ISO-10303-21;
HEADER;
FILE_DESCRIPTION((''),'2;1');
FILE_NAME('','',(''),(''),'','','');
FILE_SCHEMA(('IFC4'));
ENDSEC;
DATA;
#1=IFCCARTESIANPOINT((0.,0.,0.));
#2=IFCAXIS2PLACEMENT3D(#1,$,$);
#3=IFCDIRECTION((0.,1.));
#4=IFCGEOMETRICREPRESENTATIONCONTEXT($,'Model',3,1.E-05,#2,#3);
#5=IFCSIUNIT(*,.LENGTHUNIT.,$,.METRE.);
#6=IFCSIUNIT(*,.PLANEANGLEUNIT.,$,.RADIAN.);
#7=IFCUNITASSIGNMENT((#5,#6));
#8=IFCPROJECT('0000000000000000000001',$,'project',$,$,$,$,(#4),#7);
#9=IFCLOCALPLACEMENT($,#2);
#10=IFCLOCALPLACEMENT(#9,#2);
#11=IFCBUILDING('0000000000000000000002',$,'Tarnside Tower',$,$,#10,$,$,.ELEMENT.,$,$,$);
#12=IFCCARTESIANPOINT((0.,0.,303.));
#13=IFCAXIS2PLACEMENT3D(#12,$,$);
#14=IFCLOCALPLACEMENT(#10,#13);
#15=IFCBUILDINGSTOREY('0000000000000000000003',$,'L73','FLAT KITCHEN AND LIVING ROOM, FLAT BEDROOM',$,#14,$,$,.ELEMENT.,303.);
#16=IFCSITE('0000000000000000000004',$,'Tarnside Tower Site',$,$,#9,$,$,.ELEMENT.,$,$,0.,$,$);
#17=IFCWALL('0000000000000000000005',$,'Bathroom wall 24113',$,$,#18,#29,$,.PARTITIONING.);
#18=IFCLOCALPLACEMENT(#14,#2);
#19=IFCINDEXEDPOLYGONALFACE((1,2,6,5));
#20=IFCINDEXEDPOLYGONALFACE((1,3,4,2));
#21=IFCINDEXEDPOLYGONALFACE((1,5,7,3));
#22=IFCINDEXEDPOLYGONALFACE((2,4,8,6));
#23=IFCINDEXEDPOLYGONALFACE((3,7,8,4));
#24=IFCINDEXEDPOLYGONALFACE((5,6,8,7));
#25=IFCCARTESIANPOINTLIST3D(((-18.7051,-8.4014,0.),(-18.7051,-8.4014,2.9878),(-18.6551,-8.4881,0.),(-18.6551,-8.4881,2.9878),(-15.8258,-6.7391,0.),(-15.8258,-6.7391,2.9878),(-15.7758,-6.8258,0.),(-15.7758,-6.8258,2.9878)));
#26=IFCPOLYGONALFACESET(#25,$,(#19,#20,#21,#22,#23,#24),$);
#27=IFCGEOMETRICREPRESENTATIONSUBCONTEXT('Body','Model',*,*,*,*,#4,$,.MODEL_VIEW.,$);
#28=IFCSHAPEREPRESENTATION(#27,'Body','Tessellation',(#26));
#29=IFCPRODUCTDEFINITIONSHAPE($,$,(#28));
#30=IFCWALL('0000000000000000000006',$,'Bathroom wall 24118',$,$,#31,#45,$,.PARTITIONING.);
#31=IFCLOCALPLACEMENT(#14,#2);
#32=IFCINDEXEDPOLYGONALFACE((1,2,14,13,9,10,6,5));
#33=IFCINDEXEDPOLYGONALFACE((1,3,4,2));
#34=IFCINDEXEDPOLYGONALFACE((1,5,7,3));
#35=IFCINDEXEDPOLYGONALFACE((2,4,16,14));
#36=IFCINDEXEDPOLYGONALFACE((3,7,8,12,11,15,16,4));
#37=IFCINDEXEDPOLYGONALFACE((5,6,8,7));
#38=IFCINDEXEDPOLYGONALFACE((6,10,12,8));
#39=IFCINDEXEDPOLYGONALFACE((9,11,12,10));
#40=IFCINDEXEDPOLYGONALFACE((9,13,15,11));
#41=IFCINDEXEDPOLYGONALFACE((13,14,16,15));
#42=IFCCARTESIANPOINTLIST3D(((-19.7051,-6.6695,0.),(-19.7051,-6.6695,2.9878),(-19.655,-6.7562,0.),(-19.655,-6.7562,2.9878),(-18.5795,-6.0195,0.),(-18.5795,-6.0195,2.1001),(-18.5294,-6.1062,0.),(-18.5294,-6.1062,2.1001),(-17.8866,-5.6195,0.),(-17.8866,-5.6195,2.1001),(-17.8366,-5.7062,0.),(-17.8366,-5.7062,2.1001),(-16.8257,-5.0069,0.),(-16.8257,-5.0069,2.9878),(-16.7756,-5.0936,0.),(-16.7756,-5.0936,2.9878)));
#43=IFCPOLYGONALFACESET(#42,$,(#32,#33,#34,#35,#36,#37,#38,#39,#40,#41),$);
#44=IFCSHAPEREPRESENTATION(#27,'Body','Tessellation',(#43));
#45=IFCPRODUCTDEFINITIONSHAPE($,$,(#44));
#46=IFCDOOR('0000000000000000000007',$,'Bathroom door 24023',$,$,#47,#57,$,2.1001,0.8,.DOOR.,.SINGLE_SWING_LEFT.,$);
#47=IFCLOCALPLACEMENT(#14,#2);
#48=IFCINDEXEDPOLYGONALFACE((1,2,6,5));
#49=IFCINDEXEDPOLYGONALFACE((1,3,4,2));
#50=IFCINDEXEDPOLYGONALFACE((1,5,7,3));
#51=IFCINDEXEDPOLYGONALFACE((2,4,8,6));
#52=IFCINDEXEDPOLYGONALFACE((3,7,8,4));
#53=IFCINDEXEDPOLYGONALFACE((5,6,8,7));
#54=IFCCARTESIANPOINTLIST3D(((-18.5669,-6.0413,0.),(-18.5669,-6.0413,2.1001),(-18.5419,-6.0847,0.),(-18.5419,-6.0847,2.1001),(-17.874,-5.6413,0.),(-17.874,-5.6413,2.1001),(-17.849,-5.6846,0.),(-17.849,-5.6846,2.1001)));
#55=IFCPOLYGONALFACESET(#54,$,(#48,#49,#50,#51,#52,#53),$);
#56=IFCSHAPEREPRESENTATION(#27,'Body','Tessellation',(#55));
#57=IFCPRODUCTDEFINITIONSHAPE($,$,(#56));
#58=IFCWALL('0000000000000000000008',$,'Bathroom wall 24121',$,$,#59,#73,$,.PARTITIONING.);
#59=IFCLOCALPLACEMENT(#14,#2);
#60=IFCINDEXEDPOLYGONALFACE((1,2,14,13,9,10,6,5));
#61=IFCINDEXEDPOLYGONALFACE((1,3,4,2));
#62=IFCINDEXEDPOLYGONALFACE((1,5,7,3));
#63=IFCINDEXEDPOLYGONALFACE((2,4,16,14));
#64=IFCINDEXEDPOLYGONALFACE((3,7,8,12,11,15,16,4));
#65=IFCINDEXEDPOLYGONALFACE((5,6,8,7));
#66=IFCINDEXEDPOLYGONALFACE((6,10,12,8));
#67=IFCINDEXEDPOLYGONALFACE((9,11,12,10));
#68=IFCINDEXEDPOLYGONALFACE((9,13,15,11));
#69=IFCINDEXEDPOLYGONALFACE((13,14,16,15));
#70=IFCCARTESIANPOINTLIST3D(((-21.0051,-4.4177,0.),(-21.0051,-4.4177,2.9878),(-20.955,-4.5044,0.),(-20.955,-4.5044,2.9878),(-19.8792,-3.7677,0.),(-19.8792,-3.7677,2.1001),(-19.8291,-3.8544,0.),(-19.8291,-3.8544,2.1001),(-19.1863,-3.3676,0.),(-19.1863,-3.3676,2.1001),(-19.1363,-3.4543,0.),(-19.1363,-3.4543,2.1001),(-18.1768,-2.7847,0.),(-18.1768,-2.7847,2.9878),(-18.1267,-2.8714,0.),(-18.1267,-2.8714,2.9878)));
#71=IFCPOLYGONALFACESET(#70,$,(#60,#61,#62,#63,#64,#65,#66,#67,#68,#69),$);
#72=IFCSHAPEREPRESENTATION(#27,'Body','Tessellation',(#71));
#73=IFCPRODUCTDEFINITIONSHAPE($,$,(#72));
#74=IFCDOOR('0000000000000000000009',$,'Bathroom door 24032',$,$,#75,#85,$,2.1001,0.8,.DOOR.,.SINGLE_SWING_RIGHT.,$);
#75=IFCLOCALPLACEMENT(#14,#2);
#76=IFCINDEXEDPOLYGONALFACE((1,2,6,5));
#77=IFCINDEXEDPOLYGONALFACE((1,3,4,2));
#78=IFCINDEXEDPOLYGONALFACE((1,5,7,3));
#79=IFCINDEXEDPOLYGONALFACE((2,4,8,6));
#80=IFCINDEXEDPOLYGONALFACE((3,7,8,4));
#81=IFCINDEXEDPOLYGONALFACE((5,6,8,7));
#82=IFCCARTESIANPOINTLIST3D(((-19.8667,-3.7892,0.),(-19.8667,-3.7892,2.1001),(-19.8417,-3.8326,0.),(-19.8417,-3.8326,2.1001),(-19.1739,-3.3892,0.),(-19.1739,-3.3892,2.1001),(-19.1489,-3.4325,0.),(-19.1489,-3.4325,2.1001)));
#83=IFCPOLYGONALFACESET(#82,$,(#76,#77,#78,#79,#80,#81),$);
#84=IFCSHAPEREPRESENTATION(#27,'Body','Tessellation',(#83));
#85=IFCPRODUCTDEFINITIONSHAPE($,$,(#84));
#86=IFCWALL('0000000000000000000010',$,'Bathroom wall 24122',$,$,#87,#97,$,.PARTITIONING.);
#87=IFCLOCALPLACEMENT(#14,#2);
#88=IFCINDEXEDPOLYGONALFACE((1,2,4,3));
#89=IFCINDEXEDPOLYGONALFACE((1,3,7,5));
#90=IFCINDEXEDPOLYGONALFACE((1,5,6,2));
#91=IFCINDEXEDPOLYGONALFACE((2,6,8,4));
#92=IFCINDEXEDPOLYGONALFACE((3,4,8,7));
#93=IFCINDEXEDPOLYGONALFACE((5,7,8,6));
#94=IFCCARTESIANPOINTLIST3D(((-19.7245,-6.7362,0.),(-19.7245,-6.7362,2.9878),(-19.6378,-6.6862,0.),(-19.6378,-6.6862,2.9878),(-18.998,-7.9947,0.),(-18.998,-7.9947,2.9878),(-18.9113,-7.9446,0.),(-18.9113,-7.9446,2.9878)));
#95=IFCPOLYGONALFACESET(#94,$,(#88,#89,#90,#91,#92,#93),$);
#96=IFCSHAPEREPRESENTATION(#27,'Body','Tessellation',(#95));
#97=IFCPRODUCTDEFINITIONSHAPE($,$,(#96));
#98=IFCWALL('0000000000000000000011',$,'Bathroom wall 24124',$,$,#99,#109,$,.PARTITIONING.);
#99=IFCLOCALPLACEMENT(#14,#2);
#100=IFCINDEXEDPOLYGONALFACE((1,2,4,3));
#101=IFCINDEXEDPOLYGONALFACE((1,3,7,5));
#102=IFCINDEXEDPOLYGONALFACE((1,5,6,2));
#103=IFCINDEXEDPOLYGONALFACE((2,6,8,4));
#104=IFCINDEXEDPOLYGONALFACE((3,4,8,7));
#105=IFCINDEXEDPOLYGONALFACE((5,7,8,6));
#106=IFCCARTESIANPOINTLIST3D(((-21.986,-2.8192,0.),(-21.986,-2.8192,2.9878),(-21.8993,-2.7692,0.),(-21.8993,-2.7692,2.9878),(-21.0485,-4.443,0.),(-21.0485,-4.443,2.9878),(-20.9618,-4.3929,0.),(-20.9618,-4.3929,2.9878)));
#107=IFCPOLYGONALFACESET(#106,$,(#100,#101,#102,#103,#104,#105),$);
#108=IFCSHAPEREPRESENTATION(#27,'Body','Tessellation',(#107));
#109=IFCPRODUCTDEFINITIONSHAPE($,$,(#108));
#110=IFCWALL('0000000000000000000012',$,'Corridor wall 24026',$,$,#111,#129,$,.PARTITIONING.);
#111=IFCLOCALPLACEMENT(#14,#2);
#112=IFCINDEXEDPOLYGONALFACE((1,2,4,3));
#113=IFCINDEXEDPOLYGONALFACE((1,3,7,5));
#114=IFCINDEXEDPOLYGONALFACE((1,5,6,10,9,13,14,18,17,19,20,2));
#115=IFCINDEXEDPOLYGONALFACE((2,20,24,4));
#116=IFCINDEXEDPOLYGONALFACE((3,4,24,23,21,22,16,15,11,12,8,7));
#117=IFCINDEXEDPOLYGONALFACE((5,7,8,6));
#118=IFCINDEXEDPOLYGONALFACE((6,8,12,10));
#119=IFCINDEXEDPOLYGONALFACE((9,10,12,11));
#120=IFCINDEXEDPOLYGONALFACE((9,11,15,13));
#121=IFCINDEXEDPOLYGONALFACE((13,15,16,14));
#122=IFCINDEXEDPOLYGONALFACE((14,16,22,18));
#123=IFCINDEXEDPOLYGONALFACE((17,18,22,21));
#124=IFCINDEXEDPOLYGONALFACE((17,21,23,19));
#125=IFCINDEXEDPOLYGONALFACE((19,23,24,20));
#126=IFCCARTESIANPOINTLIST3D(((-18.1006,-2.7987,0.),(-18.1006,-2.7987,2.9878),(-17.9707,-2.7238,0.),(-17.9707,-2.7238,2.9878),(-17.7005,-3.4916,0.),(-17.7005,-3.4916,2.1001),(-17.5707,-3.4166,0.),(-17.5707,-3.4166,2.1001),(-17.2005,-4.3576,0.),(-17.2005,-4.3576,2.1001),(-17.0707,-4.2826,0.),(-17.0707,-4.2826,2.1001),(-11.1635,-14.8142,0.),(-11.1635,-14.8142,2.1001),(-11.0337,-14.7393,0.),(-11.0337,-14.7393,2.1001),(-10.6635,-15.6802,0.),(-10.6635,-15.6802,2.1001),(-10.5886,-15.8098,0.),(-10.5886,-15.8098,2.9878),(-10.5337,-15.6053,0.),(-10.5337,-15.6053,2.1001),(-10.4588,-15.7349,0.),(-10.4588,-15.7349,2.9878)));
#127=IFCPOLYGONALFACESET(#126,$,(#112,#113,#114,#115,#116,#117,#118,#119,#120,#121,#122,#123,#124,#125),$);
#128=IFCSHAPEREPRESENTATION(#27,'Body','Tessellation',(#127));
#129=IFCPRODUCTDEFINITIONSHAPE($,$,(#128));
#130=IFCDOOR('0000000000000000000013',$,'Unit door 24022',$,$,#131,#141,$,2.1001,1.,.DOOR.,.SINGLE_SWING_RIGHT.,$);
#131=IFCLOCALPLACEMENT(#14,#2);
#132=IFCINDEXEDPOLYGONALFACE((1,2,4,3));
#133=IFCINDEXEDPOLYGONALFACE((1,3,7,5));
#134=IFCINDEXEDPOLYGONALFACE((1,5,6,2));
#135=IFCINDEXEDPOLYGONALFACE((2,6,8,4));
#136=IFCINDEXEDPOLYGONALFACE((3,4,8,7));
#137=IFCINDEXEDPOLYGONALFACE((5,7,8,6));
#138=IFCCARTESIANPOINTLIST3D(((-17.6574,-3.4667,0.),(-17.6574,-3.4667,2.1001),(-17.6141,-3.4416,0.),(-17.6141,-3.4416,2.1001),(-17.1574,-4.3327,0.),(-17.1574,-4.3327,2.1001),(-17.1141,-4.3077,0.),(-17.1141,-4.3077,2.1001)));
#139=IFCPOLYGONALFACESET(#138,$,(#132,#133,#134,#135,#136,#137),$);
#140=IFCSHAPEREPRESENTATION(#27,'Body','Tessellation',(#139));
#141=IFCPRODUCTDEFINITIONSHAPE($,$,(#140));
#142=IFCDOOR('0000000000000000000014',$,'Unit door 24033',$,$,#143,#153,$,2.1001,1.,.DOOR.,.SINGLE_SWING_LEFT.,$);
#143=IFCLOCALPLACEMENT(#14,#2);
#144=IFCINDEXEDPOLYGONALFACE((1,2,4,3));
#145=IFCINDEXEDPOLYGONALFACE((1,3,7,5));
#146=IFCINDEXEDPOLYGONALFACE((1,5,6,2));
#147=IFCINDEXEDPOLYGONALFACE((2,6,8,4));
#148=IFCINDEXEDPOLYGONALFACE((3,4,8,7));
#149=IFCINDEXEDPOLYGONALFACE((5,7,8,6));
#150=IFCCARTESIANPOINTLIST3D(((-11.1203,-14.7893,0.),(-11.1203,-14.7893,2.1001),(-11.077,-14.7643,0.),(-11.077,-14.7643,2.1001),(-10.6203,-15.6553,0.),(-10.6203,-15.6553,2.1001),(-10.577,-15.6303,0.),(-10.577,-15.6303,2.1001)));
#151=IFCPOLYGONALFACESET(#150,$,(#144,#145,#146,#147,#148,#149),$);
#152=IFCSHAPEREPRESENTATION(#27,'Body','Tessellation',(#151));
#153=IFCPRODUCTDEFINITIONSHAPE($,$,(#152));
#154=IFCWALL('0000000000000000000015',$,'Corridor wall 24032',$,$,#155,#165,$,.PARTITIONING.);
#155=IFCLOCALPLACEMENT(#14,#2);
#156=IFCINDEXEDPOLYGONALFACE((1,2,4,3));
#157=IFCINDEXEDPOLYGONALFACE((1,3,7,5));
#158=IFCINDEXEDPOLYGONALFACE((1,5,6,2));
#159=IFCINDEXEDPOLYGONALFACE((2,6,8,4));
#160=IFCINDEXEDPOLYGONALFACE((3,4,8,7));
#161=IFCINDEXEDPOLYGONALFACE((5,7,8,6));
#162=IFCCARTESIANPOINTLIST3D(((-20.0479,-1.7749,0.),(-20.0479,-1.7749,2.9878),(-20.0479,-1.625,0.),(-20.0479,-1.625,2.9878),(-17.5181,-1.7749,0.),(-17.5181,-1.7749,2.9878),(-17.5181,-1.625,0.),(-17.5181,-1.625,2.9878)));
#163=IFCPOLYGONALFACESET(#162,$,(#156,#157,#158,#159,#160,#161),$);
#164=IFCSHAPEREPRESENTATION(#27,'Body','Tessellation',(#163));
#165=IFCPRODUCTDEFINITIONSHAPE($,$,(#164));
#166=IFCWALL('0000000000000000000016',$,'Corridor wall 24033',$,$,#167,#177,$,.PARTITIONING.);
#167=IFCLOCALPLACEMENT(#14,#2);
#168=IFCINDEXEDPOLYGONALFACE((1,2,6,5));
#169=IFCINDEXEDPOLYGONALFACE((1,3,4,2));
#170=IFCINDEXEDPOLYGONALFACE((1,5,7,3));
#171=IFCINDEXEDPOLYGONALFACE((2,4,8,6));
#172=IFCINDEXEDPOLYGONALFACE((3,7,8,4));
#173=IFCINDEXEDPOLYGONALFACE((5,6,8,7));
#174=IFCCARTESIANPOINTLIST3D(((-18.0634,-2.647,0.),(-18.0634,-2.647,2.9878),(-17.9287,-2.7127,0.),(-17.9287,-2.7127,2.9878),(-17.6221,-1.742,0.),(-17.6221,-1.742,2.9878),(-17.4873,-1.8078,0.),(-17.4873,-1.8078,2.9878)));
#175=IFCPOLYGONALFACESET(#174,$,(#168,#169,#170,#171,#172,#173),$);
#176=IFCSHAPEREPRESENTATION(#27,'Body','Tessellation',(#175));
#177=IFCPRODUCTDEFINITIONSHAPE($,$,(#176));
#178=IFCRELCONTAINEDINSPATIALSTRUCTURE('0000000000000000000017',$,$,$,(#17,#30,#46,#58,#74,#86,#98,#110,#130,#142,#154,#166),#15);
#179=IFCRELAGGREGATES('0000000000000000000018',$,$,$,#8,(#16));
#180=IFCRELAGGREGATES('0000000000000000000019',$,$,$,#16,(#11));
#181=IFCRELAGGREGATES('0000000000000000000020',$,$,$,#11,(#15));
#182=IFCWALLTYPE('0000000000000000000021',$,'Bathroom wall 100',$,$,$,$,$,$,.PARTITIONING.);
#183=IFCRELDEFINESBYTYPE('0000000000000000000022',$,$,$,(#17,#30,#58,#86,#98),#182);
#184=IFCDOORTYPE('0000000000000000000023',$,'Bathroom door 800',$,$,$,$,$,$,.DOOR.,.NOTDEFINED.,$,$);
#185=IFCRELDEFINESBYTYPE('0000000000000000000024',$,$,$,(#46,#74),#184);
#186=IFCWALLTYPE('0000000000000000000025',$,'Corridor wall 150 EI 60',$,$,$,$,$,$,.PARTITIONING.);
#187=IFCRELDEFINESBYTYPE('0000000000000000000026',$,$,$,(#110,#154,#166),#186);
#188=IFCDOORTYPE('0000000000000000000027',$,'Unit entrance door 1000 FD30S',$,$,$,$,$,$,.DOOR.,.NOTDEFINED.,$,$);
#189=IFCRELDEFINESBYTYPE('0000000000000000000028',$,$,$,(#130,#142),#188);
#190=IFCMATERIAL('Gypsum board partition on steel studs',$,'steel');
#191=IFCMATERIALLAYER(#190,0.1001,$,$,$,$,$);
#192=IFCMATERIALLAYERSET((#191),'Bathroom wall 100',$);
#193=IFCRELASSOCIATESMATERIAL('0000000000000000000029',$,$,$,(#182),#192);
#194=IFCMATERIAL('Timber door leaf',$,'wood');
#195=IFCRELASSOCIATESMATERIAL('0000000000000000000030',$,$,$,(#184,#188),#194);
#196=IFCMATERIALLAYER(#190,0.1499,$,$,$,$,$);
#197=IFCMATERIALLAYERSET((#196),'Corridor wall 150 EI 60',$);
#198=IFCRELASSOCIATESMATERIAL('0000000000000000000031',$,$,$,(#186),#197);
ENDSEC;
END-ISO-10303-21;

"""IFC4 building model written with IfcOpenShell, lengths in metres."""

from ifc_helpers import new_model, si_unit, direction, frame, frame_2d, origin, place, context, subcontext, project, spatial, rectangle, extrude, material, layer, layer_set, type_object, element, fill, save


model = new_model("IFC4")

# Units and contexts
model_context = context("Model", 3, precision=1e-05, world=origin(), true_north=direction((0.0, 1.0)))
body_context = subcontext(model_context, "Body", "Model", "MODEL_VIEW")
ifc_project = project(units=[si_unit("LENGTHUNIT", "METRE"), si_unit("PLANEANGLEUNIT", "RADIAN")], contexts=[model_context])

# Site, building, storey
site_placement = place(None, origin())
site = spatial("IfcSite", under=ifc_project, at=site_placement, Name="Tarnside Tower Site", CompositionType="ELEMENT", RefElevation=0.0)
building_placement = place(site_placement, origin())
building = spatial("IfcBuilding", under=site, at=building_placement, Name="Tarnside Tower", CompositionType="ELEMENT")
storey_placement = place(building_placement, frame((0.0, 0.0, 303.0)))
storey = spatial("IfcBuildingStorey", under=building, at=storey_placement, Name="L73", Description="FLAT KITCHEN AND LIVING ROOM, FLAT BEDROOM", CompositionType="ELEMENT", Elevation=303.0)

# Wall
ifc_material_1 = material(Name="Gypsum board partition on steel studs", Category="steel")
ifc_layer_1 = layer(ifc_material_1, 0.1001)
ifc_layer_set_1 = layer_set([ifc_layer_1], Name="Bathroom wall 100")
wall_type_1 = type_object("IfcWallType", Name="Bathroom wall 100", PredefinedType="PARTITIONING", material=ifc_layer_set_1)
wall_1_placement = place(storey_placement, frame((-15.8008, -6.7825, 0.0), z_axis=(0.0, 0.0, 1.0), x_axis=(-0.866034, -0.499985, 0.0)))
element("IfcWall", 1, at=wall_1_placement, inside=storey, type_object=wall_type_1, Name="Bathroom wall 24113", PredefinedType="PARTITIONING", context=body_context, shape_type="SweptSolid", body=[
    extrude(rectangle(XDim=3.3247, YDim=0.1001, at=frame_2d((1.6624, 0.0))), origin(), (0.0, 0.0, 1.0), 2.9878),
])

# Walls, openings, doors
wall_2_placement = place(storey_placement, frame((-19.6802, -6.7129, 0.0), z_axis=(0.0, 0.0, 1.0), x_axis=(0.866002, 0.50004, 0.0)))
wall_2 = element("IfcWall", 2, at=wall_2_placement, inside=storey, type_object=wall_type_1, Name="Bathroom wall 24118", PredefinedType="PARTITIONING", context=body_context, shape_type="SweptSolid", body=[
    extrude(rectangle(XDim=3.325, YDim=0.1001, at=frame_2d((1.6626, 0.0))), origin(), (0.0, 0.0, 1.0), 2.9878),
])
opening_1_placement = place(wall_2_placement, frame((1.3, 0.0, 0.0)))
opening_1 = element("IfcOpeningElement", 3, at=opening_1_placement, cuts=wall_2, PredefinedType="OPENING", context=body_context, shape_type="SweptSolid", body=[
    extrude(rectangle(XDim=0.8, YDim=2.1001, at=frame_2d((0.3999, 1.05))), frame((0.0, 0.0601, 0.0), z_axis=(0.0, -1.0, 0.0), x_axis=(1.0, 0.0, 0.0)), (0.0, 0.0, 1.0), 0.1201),
])
ifc_material_2 = material(Name="Timber door leaf", Category="wood")
door_type_1 = type_object("IfcDoorType", Name="Bathroom door 800", OperationType="NOTDEFINED", PredefinedType="DOOR", material=ifc_material_2)
door_1_placement = place(opening_1_placement, origin())
door_1 = element("IfcDoor", 4, at=door_1_placement, inside=storey, type_object=door_type_1, Name="Bathroom door 24023", OperationType="SINGLE_SWING_LEFT", OverallHeight=2.1001, OverallWidth=0.8, PredefinedType="DOOR", context=body_context, shape_type="SweptSolid", body=[
    extrude(rectangle(XDim=0.8, YDim=2.1001, at=frame_2d((0.3999, 1.05))), frame((0.0, 0.0249, 0.0), z_axis=(0.0, -1.0, 0.0), x_axis=(1.0, 0.0, 0.0)), (0.0, 0.0, 1.0), 0.05),
])
fill(opening_1, door_1)
wall_3_placement = place(storey_placement, frame((-18.1519, -2.8281, 0.0), z_axis=(0.0, 0.0, 1.0), x_axis=(-0.866013, -0.500022, 0.0)))
wall_3 = element("IfcWall", 5, at=wall_3_placement, inside=storey, type_object=wall_type_1, Name="Bathroom wall 24121", PredefinedType="PARTITIONING", context=body_context, shape_type="SweptSolid", body=[
    extrude(rectangle(XDim=3.2659, YDim=0.1001, at=frame_2d((1.6328, 0.0))), origin(), (0.0, 0.0, 1.0), 2.9878),
])
opening_2_placement = place(wall_3_placement, frame((1.1658, 0.0, 0.0)))
opening_2 = element("IfcOpeningElement", 6, at=opening_2_placement, cuts=wall_3, PredefinedType="OPENING", context=body_context, shape_type="SweptSolid", body=[
    extrude(rectangle(XDim=0.8, YDim=2.1001, at=frame_2d((0.3999, 1.05))), frame((0.0, 0.0601, 0.0), z_axis=(0.0, -1.0, 0.0), x_axis=(1.0, 0.0, 0.0)), (0.0, 0.0, 1.0), 0.1201),
])
door_2_placement = place(opening_2_placement, origin())
door_2 = element("IfcDoor", 7, at=door_2_placement, inside=storey, type_object=door_type_1, Name="Bathroom door 24032", OperationType="SINGLE_SWING_RIGHT", OverallHeight=2.1001, OverallWidth=0.8, PredefinedType="DOOR", context=body_context, shape_type="SweptSolid", body=[
    extrude(rectangle(XDim=0.8, YDim=2.1001, at=frame_2d((0.3999, 1.05))), frame((0.0, 0.0249, 0.0), z_axis=(0.0, -1.0, 0.0), x_axis=(1.0, 0.0, 0.0)), (0.0, 0.0, 1.0), 0.05),
])
fill(opening_2, door_2)

# Walls
wall_4_placement = place(storey_placement, frame((-19.6812, -6.7112, 0.0), z_axis=(0.0, 0.0, 1.0), x_axis=(0.49997, -0.866043, 0.0)))
element("IfcWall", 8, at=wall_4_placement, inside=storey, type_object=wall_type_1, Name="Bathroom wall 24122", PredefinedType="PARTITIONING", context=body_context, shape_type="SweptSolid", body=[
    extrude(rectangle(XDim=1.4531, YDim=0.1001, at=frame_2d((0.7266, 0.0))), origin(), (0.0, 0.0, 1.0), 2.9878),
])
wall_5_placement = place(storey_placement, frame((-21.0051, -4.418, 0.0), z_axis=(0.0, 0.0, 1.0), x_axis=(-0.500004, 0.866023, 0.0)))
element("IfcWall", 9, at=wall_5_placement, inside=storey, type_object=wall_type_1, Name="Bathroom wall 24124", PredefinedType="PARTITIONING", context=body_context, shape_type="SweptSolid", body=[
    extrude(rectangle(XDim=1.875, YDim=0.1001, at=frame_2d((0.9375, 0.0))), origin(), (0.0, 0.0, 1.0), 2.9878),
])

# Wall, openings, doors
ifc_layer_2 = layer(ifc_material_1, 0.1499)
ifc_layer_set_2 = layer_set([ifc_layer_2], Name="Corridor wall 150 EI 60")
wall_type_2 = type_object("IfcWallType", Name="Corridor wall 150 EI 60", PredefinedType="PARTITIONING", material=ifc_layer_set_2)
wall_6_placement = place(storey_placement, frame((-18.0356, -2.7612, 0.0), z_axis=(0.0, 0.0, 1.0), x_axis=(0.499996, -0.866028, 0.0)))
wall_6 = element("IfcWall", 10, at=wall_6_placement, inside=storey, type_object=wall_type_2, Name="Corridor wall 24026", PredefinedType="PARTITIONING", context=body_context, shape_type="SweptSolid", body=[
    extrude(rectangle(XDim=15.0239, YDim=0.1499, at=frame_2d((7.512, 0.0))), origin(), (0.0, 0.0, 1.0), 2.9878),
])
opening_3_placement = place(wall_6_placement, frame((0.8, 0.0, 0.0)))
opening_3 = element("IfcOpeningElement", 11, at=opening_3_placement, cuts=wall_6, PredefinedType="OPENING", context=body_context, shape_type="SweptSolid", body=[
    extrude(rectangle(XDim=1.0, YDim=2.1001, at=frame_2d((0.5, 1.05))), frame((0.0, 0.085, 0.0), z_axis=(0.0, -1.0, 0.0), x_axis=(1.0, 0.0, 0.0)), (0.0, 0.0, 1.0), 0.1699),
])
opening_4_placement = place(wall_6_placement, frame((13.8743, 0.0, 0.0)))
opening_4 = element("IfcOpeningElement", 12, at=opening_4_placement, cuts=wall_6, PredefinedType="OPENING", context=body_context, shape_type="SweptSolid", body=[
    extrude(rectangle(XDim=1.0, YDim=2.1001, at=frame_2d((0.5, 1.05))), frame((0.0, 0.085, 0.0), z_axis=(0.0, -1.0, 0.0), x_axis=(1.0, 0.0, 0.0)), (0.0, 0.0, 1.0), 0.1699),
])
door_type_2 = type_object("IfcDoorType", Name="Unit entrance door 1000 FD30S", OperationType="NOTDEFINED", PredefinedType="DOOR", material=ifc_material_2)
door_3_placement = place(opening_3_placement, origin())
door_3 = element("IfcDoor", 13, at=door_3_placement, inside=storey, type_object=door_type_2, Name="Unit door 24022", OperationType="SINGLE_SWING_RIGHT", OverallHeight=2.1001, OverallWidth=1.0, PredefinedType="DOOR", context=body_context, shape_type="SweptSolid", body=[
    extrude(rectangle(XDim=1.0, YDim=2.1001, at=frame_2d((0.5, 1.05))), frame((0.0, 0.0249, 0.0), z_axis=(0.0, -1.0, 0.0), x_axis=(1.0, 0.0, 0.0)), (0.0, 0.0, 1.0), 0.05),
])
fill(opening_3, door_3)
door_4_placement = place(opening_4_placement, origin())
door_4 = element("IfcDoor", 14, at=door_4_placement, inside=storey, type_object=door_type_2, Name="Unit door 24033", OperationType="SINGLE_SWING_LEFT", OverallHeight=2.1001, OverallWidth=1.0, PredefinedType="DOOR", context=body_context, shape_type="SweptSolid", body=[
    extrude(rectangle(XDim=1.0, YDim=2.1001, at=frame_2d((0.5, 1.05))), frame((0.0, 0.0249, 0.0), z_axis=(0.0, -1.0, 0.0), x_axis=(1.0, 0.0, 0.0)), (0.0, 0.0, 1.0), 0.05),
])
fill(opening_4, door_4)

# Walls
wall_7_placement = place(storey_placement, frame((-20.0479, -1.7, 0.0), z_axis=(0.0, 0.0, 1.0), x_axis=(1.0, 0.0, 0.0)))
element("IfcWall", 15, at=wall_7_placement, inside=storey, type_object=wall_type_2, Name="Corridor wall 24032", PredefinedType="PARTITIONING", context=body_context, shape_type="SweptSolid", body=[
    extrude(rectangle(XDim=2.5298, YDim=0.1499, at=frame_2d((1.2649, 0.0))), origin(), (0.0, 0.0, 1.0), 2.9878),
])
wall_8_placement = place(storey_placement, frame((-17.5547, -1.7749, 0.0), z_axis=(0.0, 0.0, 1.0), x_axis=(-0.438366, -0.898796, 0.0)))
element("IfcWall", 16, at=wall_8_placement, inside=storey, type_object=wall_type_2, Name="Corridor wall 24033", PredefinedType="PARTITIONING", context=body_context, shape_type="SweptSolid", body=[
    extrude(rectangle(XDim=1.0068, YDim=0.1499, at=frame_2d((0.5034, 0.0))), origin(), (0.0, 0.0, 1.0), 2.9878),
])

save(model, "model.ifc")
